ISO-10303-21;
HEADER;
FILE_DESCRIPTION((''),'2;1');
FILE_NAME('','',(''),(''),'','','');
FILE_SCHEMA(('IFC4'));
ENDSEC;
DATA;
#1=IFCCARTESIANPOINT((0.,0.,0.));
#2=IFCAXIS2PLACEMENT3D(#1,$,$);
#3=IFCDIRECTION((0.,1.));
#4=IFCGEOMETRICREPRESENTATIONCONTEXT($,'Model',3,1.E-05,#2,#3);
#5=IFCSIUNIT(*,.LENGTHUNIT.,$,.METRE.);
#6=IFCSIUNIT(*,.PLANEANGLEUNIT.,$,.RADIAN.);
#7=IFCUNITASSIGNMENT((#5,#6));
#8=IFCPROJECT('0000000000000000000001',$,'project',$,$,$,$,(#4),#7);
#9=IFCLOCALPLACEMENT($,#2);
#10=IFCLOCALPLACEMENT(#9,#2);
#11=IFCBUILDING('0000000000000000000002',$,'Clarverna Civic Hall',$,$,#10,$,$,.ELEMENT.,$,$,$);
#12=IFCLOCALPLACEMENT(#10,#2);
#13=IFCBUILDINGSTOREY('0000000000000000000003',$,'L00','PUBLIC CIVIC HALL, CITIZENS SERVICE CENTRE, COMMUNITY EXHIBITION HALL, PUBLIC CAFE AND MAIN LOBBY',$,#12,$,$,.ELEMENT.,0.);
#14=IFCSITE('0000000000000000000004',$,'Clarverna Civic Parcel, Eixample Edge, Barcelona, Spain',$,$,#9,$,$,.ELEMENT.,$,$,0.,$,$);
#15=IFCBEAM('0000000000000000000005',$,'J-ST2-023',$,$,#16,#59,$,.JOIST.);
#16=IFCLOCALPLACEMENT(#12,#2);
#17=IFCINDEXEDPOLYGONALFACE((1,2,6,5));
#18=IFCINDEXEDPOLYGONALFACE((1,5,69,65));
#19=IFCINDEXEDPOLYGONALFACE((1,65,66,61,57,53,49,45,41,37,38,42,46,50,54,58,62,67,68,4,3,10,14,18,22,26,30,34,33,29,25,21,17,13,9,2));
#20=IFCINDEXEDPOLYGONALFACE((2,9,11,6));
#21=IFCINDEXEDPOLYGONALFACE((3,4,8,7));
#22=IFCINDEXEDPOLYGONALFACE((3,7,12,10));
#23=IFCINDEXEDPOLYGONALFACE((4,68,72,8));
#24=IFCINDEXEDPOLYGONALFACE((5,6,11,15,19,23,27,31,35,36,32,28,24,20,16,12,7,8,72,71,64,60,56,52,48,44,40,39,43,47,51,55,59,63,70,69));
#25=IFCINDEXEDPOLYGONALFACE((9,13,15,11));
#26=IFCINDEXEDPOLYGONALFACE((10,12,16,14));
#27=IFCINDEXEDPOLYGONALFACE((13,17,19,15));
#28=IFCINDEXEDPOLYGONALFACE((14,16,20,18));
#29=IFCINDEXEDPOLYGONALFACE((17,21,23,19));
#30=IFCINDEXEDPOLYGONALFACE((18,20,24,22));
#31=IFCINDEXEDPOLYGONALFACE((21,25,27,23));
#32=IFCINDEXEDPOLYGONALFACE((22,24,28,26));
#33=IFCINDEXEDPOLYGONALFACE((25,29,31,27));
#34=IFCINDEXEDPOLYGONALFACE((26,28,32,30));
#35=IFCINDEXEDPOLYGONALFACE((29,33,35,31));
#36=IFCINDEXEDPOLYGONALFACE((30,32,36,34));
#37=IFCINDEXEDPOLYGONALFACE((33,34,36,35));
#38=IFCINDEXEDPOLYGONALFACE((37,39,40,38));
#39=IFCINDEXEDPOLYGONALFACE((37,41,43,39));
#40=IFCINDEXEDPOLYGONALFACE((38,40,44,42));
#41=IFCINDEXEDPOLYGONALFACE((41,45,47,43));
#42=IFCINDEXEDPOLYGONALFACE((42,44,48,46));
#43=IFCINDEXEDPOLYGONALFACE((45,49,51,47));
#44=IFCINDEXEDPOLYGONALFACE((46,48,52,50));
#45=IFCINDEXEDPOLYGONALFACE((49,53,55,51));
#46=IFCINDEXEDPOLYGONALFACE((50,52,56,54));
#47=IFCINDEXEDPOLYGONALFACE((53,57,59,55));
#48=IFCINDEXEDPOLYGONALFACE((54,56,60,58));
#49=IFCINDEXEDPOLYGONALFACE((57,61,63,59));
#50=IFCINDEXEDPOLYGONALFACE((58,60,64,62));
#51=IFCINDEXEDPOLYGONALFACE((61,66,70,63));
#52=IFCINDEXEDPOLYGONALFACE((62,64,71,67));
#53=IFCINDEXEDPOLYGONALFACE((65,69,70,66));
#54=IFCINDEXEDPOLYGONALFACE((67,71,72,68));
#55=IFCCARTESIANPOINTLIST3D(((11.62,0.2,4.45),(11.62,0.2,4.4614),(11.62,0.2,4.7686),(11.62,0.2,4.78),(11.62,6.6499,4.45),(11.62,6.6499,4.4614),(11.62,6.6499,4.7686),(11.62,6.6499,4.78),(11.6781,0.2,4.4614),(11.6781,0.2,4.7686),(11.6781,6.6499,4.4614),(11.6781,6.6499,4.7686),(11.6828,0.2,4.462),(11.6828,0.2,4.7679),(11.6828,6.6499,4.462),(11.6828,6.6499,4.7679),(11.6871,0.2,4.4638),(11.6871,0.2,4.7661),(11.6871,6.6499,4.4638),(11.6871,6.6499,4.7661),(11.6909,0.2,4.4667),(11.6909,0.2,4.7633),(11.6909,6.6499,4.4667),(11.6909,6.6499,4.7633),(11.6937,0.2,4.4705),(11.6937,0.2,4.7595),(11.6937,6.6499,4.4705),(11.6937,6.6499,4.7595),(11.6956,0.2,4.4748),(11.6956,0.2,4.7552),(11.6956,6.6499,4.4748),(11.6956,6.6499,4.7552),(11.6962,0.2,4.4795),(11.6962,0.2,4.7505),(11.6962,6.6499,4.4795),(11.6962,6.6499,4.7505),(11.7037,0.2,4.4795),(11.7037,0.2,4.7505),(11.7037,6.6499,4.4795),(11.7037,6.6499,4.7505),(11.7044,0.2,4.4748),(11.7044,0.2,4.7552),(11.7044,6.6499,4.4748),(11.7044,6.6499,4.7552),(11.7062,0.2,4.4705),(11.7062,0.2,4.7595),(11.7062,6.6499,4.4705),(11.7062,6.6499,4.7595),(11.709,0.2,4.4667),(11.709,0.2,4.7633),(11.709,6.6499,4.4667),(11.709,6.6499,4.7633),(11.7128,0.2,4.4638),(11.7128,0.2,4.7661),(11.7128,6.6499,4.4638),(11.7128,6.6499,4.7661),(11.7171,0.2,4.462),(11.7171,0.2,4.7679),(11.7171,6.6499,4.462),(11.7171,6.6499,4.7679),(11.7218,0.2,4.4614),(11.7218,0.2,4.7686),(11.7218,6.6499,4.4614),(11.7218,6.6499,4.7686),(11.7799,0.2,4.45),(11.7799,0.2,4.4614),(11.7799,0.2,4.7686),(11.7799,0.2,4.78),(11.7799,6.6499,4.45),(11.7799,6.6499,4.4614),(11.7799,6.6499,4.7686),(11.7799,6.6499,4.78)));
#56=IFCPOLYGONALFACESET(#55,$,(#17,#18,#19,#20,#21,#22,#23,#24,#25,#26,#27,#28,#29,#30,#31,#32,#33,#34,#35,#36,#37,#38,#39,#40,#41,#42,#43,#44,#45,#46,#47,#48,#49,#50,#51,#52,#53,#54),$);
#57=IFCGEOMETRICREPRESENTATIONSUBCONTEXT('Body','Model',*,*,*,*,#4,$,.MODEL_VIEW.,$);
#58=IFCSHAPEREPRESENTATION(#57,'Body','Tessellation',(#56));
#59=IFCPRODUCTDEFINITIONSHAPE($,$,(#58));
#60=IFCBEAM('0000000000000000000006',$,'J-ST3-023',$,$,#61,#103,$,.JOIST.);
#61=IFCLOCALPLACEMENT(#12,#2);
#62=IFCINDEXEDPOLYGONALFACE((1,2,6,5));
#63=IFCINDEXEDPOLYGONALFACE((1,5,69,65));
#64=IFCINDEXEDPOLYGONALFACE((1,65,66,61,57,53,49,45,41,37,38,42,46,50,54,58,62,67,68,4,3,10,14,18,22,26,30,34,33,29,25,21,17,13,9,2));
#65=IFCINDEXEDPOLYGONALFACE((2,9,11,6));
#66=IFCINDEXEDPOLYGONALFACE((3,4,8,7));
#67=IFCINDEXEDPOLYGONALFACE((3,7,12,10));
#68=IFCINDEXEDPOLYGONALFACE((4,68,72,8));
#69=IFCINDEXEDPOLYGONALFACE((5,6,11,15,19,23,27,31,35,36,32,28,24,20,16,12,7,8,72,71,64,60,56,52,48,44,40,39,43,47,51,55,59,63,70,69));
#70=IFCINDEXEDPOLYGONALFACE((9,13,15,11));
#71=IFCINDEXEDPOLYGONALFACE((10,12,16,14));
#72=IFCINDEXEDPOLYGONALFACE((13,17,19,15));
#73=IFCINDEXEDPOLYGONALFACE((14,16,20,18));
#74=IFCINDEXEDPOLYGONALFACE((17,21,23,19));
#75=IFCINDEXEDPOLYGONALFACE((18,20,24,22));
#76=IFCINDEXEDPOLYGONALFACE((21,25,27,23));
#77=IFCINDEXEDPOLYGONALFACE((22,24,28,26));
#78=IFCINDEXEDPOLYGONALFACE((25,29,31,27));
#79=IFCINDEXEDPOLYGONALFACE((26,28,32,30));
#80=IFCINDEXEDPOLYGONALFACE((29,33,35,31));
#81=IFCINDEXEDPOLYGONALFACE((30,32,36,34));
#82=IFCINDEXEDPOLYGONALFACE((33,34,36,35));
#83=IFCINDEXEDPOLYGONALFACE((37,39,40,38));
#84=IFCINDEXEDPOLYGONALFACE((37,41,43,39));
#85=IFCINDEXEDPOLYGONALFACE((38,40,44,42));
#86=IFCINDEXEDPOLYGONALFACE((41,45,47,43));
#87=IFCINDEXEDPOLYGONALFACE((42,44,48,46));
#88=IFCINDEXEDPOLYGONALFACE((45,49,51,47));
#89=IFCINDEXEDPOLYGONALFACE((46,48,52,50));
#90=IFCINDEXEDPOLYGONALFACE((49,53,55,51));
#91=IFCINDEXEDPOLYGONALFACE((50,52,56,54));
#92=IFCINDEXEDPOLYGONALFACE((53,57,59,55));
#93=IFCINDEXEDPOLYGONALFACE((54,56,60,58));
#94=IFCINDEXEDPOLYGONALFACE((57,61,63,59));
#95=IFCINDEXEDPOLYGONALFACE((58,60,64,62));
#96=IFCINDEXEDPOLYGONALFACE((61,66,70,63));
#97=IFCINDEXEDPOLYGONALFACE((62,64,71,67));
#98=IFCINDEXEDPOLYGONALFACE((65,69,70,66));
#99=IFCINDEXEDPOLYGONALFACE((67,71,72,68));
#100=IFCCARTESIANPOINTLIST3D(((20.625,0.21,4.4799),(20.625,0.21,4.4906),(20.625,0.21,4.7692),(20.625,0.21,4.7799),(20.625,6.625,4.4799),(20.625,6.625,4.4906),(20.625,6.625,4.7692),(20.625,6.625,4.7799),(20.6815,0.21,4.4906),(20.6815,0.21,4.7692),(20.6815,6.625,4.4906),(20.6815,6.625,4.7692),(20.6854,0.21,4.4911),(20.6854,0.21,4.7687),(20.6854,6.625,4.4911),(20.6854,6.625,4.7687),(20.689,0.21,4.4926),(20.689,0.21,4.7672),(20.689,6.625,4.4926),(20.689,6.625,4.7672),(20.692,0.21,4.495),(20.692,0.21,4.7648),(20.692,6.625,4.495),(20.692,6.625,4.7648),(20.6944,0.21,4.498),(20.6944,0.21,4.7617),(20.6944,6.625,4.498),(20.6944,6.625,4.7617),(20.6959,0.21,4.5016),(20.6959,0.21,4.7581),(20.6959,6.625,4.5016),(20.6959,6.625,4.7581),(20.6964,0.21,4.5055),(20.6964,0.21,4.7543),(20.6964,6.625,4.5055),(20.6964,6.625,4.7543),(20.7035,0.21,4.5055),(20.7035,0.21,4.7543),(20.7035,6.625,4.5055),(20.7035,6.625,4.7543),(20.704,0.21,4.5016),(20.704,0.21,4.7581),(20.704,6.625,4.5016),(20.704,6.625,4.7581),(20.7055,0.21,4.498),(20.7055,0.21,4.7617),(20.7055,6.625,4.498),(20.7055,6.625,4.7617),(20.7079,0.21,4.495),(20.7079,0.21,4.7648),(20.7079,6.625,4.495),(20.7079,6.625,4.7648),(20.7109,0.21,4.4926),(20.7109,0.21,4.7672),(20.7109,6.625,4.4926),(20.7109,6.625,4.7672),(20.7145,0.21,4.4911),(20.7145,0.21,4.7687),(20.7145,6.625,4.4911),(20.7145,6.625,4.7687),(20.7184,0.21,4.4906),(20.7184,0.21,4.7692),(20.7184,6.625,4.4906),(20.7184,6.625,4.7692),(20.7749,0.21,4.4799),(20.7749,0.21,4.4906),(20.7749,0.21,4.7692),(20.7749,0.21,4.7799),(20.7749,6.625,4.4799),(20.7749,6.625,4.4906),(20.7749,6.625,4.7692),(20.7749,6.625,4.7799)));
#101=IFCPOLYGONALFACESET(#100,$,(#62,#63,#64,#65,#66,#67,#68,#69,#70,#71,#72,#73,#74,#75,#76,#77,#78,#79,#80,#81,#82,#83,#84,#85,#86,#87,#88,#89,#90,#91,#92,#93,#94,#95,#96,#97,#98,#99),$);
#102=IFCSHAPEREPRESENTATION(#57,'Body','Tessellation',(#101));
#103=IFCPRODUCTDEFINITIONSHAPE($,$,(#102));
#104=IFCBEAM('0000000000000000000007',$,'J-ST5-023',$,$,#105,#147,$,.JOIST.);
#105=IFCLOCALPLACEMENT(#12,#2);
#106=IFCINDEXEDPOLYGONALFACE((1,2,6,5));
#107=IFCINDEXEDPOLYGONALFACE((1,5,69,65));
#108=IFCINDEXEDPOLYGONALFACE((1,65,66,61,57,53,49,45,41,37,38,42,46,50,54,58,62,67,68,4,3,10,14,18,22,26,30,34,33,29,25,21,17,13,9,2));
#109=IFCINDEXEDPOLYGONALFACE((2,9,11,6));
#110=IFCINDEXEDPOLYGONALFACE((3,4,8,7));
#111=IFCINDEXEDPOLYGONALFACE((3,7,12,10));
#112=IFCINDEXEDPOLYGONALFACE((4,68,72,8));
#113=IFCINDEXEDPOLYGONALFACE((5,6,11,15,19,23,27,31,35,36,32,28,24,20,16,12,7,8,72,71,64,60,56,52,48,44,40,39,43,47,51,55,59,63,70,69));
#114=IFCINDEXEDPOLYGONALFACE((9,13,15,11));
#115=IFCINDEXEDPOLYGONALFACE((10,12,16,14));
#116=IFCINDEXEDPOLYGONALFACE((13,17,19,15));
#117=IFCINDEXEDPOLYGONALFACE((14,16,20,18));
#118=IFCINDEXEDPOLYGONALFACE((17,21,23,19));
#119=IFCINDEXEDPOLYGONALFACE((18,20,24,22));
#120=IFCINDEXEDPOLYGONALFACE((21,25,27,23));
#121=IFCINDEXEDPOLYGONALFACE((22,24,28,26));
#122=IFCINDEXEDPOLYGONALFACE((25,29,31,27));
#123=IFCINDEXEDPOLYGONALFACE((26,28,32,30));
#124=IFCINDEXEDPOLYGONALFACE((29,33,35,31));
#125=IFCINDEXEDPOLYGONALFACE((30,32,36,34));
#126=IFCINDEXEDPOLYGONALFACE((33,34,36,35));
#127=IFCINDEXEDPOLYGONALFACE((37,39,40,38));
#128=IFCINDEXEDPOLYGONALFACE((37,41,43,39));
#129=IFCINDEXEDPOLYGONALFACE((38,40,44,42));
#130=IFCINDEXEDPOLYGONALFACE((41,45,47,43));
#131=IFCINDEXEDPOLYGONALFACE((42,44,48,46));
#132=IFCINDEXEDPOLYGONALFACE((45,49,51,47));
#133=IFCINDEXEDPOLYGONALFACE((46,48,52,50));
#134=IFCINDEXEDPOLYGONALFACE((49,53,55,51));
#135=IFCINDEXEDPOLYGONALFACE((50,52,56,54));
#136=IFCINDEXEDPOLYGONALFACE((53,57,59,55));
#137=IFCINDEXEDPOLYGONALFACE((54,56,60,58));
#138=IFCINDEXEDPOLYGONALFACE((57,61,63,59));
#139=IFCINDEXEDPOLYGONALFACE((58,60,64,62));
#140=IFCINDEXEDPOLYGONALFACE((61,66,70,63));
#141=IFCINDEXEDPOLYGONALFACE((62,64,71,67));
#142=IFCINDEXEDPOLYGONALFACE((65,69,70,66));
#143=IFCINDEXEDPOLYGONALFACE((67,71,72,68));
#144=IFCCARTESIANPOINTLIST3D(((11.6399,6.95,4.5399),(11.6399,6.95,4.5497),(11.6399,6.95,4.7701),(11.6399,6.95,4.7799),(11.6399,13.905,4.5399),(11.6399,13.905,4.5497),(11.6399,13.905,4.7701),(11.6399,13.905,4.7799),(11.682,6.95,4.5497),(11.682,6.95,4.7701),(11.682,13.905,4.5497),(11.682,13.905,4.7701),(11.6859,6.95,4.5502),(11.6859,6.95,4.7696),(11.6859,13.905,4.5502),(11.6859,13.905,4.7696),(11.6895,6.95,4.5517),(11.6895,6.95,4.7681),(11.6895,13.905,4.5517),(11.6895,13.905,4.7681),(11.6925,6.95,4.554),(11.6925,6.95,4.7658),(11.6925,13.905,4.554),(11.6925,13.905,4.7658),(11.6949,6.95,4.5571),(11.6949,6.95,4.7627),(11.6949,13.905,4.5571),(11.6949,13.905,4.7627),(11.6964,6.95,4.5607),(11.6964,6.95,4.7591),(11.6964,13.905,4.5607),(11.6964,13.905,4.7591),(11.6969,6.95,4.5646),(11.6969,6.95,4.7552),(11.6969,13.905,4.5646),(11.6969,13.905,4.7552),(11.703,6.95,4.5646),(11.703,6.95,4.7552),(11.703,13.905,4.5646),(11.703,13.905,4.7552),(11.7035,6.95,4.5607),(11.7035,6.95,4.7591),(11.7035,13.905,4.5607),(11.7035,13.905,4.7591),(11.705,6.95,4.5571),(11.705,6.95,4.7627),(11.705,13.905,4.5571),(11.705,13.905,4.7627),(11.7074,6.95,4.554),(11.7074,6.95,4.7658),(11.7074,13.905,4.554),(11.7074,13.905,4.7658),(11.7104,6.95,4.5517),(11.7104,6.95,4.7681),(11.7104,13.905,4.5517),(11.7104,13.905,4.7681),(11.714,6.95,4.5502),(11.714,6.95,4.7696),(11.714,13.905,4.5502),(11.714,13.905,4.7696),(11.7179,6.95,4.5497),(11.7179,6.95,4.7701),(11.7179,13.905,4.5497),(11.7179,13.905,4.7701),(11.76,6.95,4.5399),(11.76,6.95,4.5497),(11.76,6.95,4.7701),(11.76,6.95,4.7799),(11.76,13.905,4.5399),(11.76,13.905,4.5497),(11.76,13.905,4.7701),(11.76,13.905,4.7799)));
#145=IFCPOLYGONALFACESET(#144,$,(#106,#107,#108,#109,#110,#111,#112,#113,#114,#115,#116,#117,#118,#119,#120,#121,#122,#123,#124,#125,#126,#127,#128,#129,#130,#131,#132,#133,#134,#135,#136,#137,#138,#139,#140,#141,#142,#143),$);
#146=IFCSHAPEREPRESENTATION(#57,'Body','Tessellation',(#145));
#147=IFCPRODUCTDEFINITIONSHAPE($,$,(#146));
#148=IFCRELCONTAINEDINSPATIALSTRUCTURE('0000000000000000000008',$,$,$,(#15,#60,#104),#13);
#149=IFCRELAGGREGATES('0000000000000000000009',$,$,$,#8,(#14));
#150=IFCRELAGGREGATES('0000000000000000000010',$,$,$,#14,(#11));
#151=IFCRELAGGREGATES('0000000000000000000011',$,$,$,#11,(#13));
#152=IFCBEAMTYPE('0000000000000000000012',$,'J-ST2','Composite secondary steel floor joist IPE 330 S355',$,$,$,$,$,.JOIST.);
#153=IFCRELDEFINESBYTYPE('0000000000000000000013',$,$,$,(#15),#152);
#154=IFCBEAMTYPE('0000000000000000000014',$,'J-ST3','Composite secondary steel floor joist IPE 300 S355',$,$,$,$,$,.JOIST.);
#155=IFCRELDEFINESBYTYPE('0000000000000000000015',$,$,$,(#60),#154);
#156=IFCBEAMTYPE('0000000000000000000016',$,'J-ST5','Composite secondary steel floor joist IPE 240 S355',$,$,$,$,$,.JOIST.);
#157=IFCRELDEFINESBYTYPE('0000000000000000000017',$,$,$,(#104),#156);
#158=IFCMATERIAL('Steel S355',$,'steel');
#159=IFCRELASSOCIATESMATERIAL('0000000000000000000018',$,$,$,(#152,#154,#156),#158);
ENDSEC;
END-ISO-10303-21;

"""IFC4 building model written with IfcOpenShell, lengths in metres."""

from ifc_helpers import new_model, si_unit, direction, frame, origin, origin_2d, place, context, subcontext, project, spatial, i_section, extrude, material, material_profile, profile_set, type_object, element, save


model = new_model("IFC4")

# Units and contexts
model_context = context("Model", 3, precision=1e-05, world=origin(), true_north=direction((0.0, 1.0)))
body_context = subcontext(model_context, "Body", "Model", "MODEL_VIEW")
ifc_project = project(units=[si_unit("LENGTHUNIT", "METRE"), si_unit("PLANEANGLEUNIT", "RADIAN")], contexts=[model_context])

# Site, building, storey
site_placement = place(None, origin())
site = spatial("IfcSite", under=ifc_project, at=site_placement, Name="Clarverna Civic Parcel, Eixample Edge, Barcelona, Spain", CompositionType="ELEMENT", RefElevation=0.0)
building_placement = place(site_placement, origin())
building = spatial("IfcBuilding", under=site, at=building_placement, Name="Clarverna Civic Hall", CompositionType="ELEMENT")
storey_placement = place(building_placement, origin())
storey = spatial("IfcBuildingStorey", under=building, at=storey_placement, Name="L00", Description="PUBLIC CIVIC HALL, CITIZENS SERVICE CENTRE, COMMUNITY EXHIBITION HALL, PUBLIC CAFE AND MAIN LOBBY", CompositionType="ELEMENT", Elevation=0.0)

# Shared definitions
ifc_material_1 = material(Name="Steel S355", Category="steel")

# Beams
ifc_material_profile_1 = material_profile(ifc_material_1, i_section(OverallWidth=0.1599, OverallDepth=0.3301, WebThickness=0.0076, FlangeThickness=0.0115, FilletRadius=0.0181, at=origin_2d()), Name="IPE 330")
ifc_profile_set_1 = profile_set([ifc_material_profile_1], Name="Steel S355")
beam_type_1 = type_object("IfcBeamType", Name="J-ST2", Description="Composite secondary steel floor joist IPE 330 S355", PredefinedType="JOIST", material=ifc_profile_set_1)
beam_1_placement = place(storey_placement, frame((11.7, 0.2, 4.615), z_axis=(0.0, 1.0, 0.0), x_axis=(-1.0, 0.0, 0.0)))
element("IfcBeam", 1, at=beam_1_placement, inside=storey, type_object=beam_type_1, Name="J-ST2-023", PredefinedType="JOIST", context=body_context, shape_type="SweptSolid", body=[
    extrude(i_section(OverallWidth=0.1599, OverallDepth=0.3301, WebThickness=0.0076, FlangeThickness=0.0115, FilletRadius=0.0181, at=origin_2d()), origin(), (0.0, 0.0, 1.0), 6.45),
])
ifc_material_profile_2 = material_profile(ifc_material_1, i_section(OverallWidth=0.1499, OverallDepth=0.3, WebThickness=0.0071, FlangeThickness=0.0107, FilletRadius=0.0149, at=origin_2d()), Name="IPE 300")
ifc_profile_set_2 = profile_set([ifc_material_profile_2], Name="Steel S355")
beam_type_2 = type_object("IfcBeamType", Name="J-ST3", Description="Composite secondary steel floor joist IPE 300 S355", PredefinedType="JOIST", material=ifc_profile_set_2)
beam_2_placement = place(storey_placement, frame((20.7, 0.21, 4.6299), z_axis=(0.0, 1.0, 0.0), x_axis=(-1.0, 0.0, 0.0)))
element("IfcBeam", 2, at=beam_2_placement, inside=storey, type_object=beam_type_2, Name="J-ST3-023", PredefinedType="JOIST", context=body_context, shape_type="SweptSolid", body=[
    extrude(i_section(OverallWidth=0.1499, OverallDepth=0.3, WebThickness=0.0071, FlangeThickness=0.0107, FilletRadius=0.0149, at=origin_2d()), origin(), (0.0, 0.0, 1.0), 6.415),
])
ifc_material_profile_3 = material_profile(ifc_material_1, i_section(OverallWidth=0.1201, OverallDepth=0.24, WebThickness=0.0061, FlangeThickness=0.0098, FilletRadius=0.0149, at=origin_2d()), Name="IPE 240")
ifc_profile_set_3 = profile_set([ifc_material_profile_3], Name="Steel S355")
beam_type_3 = type_object("IfcBeamType", Name="J-ST5", Description="Composite secondary steel floor joist IPE 240 S355", PredefinedType="JOIST", material=ifc_profile_set_3)
beam_3_placement = place(storey_placement, frame((11.7, 6.95, 4.6599), z_axis=(0.0, 1.0, 0.0), x_axis=(-1.0, 0.0, 0.0)))
element("IfcBeam", 3, at=beam_3_placement, inside=storey, type_object=beam_type_3, Name="J-ST5-023", PredefinedType="JOIST", context=body_context, shape_type="SweptSolid", body=[
    extrude(i_section(OverallWidth=0.1201, OverallDepth=0.24, WebThickness=0.0061, FlangeThickness=0.0098, FilletRadius=0.0149, at=origin_2d()), origin(), (0.0, 0.0, 1.0), 6.9551),
])

save(model, "model.ifc")
